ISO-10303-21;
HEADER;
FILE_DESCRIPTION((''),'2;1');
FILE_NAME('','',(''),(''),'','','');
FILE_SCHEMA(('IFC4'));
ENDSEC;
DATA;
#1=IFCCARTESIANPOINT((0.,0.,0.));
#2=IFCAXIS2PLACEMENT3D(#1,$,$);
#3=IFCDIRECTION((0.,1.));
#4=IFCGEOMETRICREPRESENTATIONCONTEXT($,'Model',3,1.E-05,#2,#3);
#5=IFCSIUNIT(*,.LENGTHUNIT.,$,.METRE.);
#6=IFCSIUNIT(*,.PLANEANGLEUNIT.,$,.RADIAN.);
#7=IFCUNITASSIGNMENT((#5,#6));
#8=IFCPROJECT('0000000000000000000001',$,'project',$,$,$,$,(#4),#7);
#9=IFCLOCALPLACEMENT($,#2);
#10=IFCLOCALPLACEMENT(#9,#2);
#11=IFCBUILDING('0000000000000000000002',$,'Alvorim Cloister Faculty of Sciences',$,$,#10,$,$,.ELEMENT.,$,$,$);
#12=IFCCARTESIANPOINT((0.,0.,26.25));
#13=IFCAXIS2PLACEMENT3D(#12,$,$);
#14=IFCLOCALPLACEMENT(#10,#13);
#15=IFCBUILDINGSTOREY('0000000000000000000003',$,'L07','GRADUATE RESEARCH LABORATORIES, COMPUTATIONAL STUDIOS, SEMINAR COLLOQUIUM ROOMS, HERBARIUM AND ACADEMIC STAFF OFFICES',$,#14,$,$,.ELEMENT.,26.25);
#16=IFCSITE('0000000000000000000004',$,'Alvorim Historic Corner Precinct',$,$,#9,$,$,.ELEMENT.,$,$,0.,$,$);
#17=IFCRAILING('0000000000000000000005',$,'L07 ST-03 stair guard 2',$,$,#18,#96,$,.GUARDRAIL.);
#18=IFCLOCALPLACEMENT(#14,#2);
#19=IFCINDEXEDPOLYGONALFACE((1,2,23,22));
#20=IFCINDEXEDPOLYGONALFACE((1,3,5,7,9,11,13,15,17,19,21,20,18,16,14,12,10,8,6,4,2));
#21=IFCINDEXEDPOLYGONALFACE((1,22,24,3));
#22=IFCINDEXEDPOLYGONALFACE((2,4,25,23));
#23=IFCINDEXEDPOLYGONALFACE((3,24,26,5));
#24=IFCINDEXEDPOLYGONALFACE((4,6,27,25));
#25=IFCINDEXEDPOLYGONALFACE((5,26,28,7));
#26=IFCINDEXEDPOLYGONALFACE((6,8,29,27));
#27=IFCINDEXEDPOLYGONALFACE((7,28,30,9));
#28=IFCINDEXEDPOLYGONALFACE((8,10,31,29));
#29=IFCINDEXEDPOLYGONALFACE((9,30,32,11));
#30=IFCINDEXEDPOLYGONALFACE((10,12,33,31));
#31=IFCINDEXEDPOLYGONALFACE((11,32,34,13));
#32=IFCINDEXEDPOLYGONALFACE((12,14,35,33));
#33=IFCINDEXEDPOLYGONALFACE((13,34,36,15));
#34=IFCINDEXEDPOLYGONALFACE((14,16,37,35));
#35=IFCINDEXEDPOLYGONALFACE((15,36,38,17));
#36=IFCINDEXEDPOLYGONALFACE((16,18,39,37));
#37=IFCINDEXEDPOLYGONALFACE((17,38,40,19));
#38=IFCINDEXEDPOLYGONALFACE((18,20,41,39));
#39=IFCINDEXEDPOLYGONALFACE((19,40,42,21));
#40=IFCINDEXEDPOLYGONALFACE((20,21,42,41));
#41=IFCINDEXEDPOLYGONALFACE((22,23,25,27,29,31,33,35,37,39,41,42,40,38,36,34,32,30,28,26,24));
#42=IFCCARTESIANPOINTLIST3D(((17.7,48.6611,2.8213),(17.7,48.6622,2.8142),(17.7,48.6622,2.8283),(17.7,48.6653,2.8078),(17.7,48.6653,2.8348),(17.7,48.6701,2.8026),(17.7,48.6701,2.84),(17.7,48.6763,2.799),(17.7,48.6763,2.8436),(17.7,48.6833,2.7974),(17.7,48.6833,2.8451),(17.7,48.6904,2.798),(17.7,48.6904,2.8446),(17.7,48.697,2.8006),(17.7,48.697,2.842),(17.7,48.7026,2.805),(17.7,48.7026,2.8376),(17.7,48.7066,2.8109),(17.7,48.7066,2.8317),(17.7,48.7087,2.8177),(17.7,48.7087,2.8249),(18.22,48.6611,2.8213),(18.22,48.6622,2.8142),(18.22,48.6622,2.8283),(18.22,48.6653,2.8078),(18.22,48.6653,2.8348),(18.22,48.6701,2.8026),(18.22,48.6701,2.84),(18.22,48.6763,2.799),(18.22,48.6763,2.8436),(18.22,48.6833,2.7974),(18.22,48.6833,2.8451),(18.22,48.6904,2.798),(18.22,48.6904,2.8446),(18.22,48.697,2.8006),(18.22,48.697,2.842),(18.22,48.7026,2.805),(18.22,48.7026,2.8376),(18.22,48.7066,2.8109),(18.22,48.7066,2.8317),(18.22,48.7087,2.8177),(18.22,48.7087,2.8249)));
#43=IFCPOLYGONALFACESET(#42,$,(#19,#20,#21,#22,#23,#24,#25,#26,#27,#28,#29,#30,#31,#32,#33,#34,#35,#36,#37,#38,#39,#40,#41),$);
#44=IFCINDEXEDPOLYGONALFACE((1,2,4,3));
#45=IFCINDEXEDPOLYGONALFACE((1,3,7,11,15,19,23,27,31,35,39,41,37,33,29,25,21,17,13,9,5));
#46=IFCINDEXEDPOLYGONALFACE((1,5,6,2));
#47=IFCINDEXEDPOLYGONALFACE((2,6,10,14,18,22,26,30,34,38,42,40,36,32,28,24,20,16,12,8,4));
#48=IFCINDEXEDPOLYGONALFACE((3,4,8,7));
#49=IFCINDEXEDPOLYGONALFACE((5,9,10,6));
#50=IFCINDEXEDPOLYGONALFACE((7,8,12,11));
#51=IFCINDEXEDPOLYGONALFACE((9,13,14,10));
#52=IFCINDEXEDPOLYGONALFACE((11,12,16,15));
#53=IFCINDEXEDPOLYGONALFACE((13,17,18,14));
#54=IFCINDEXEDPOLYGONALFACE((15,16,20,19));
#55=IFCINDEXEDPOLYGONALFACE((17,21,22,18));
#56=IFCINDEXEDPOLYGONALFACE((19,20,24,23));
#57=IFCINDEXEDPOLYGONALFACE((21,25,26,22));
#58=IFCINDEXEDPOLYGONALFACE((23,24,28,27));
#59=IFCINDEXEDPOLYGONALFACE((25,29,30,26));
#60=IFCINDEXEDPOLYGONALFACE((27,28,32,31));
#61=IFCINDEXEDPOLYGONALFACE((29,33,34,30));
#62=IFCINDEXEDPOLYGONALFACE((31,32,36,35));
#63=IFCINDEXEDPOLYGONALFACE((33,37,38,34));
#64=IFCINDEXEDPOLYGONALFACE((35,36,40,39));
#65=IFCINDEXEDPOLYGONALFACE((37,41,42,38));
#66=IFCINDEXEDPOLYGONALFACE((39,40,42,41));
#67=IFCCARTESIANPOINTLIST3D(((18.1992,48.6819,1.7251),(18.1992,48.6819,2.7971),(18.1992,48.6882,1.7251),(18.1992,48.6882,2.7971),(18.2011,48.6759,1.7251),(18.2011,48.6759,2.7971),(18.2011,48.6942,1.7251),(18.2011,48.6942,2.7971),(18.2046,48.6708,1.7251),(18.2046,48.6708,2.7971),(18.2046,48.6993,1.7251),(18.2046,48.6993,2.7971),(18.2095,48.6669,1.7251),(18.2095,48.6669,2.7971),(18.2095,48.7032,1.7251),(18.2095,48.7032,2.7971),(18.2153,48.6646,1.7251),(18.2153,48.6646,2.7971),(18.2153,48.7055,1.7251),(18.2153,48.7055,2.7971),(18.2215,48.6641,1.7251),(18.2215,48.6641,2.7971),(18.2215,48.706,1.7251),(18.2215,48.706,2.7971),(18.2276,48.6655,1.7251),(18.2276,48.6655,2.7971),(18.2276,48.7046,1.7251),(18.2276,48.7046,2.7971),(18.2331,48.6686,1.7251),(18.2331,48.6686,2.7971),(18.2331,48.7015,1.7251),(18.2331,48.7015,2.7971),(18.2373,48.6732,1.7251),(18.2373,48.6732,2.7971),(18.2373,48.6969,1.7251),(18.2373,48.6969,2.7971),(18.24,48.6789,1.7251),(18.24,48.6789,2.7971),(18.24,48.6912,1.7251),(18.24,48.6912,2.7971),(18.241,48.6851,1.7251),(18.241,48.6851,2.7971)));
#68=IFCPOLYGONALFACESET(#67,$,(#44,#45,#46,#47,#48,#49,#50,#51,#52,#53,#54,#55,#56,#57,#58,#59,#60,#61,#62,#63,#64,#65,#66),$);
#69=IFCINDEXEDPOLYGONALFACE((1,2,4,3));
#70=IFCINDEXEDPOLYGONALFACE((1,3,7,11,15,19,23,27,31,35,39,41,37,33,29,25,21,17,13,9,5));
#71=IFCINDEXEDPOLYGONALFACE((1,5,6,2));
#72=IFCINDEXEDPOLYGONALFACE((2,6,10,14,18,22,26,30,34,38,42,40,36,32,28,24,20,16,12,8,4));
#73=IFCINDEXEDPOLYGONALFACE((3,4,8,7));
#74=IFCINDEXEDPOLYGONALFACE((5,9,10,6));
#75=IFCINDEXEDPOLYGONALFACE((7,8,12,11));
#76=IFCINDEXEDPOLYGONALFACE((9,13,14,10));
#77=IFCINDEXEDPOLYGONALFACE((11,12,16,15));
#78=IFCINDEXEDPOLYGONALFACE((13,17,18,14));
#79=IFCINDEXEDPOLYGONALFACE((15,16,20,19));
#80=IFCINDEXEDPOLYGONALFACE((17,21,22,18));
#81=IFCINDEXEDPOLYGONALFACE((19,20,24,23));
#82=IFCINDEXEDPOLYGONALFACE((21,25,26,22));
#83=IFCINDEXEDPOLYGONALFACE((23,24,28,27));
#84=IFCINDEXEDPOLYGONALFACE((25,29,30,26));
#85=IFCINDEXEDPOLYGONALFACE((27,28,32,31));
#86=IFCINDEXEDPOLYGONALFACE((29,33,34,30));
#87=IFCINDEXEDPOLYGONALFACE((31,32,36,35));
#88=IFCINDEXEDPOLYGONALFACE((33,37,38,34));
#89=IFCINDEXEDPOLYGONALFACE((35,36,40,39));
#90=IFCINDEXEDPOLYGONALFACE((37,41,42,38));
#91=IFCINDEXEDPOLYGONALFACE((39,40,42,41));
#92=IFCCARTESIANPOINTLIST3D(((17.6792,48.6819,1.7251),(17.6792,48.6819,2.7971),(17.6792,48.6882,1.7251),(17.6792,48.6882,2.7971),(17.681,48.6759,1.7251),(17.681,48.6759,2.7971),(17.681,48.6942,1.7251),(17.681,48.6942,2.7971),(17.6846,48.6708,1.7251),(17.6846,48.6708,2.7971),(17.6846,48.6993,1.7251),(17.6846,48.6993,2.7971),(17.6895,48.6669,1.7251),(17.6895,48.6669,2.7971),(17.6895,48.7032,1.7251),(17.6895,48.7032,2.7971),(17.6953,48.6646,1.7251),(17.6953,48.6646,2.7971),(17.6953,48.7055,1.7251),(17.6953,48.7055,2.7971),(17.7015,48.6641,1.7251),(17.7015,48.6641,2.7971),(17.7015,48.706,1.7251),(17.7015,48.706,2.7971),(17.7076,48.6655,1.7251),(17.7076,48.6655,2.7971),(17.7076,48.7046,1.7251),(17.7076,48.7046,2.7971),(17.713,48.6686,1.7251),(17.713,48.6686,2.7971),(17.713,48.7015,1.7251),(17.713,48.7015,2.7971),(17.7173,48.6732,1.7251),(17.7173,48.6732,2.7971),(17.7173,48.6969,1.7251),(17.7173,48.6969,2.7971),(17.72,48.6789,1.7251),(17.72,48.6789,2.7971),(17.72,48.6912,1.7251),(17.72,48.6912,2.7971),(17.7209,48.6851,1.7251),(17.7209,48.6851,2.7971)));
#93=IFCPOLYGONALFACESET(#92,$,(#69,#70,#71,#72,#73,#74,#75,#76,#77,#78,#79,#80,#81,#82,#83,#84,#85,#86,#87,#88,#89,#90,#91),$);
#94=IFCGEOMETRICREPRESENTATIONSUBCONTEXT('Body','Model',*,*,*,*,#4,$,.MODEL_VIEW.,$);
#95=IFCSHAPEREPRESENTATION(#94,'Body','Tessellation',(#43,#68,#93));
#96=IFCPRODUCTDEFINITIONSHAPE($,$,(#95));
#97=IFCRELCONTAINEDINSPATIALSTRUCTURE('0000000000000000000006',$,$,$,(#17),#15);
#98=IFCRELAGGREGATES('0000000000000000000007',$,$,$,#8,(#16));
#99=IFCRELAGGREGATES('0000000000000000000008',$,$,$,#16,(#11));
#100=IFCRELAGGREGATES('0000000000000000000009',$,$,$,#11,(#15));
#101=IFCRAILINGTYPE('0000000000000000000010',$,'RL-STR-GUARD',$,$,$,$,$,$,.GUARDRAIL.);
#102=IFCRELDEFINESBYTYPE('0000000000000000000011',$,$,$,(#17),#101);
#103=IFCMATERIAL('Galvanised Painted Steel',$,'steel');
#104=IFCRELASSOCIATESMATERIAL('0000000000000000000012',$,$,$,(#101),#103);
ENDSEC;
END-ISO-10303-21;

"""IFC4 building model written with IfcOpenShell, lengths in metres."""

from ifc_helpers import new_model, si_unit, direction, frame, origin, origin_2d, place, context, subcontext, project, spatial, circle, extrude, material, type_object, element, save


model = new_model("IFC4")

# Units and contexts
model_context = context("Model", 3, precision=1e-05, world=origin(), true_north=direction((0.0, 1.0)))
body_context = subcontext(model_context, "Body", "Model", "MODEL_VIEW")
ifc_project = project(units=[si_unit("LENGTHUNIT", "METRE"), si_unit("PLANEANGLEUNIT", "RADIAN")], contexts=[model_context])

# Site, building, storey
site_placement = place(None, origin())
site = spatial("IfcSite", under=ifc_project, at=site_placement, Name="Alvorim Historic Corner Precinct", CompositionType="ELEMENT", RefElevation=0.0)
building_placement = place(site_placement, origin())
building = spatial("IfcBuilding", under=site, at=building_placement, Name="Alvorim Cloister Faculty of Sciences", CompositionType="ELEMENT")
storey_placement = place(building_placement, frame((0.0, 0.0, 26.25)))
storey = spatial("IfcBuildingStorey", under=building, at=storey_placement, Name="L07", Description="GRADUATE RESEARCH LABORATORIES, COMPUTATIONAL STUDIOS, SEMINAR COLLOQUIUM ROOMS, HERBARIUM AND ACADEMIC STAFF OFFICES", CompositionType="ELEMENT", Elevation=26.25)

# Railing
ifc_material_1 = material(Name="Galvanised Painted Steel", Category="steel")
railing_type_1 = type_object("IfcRailingType", Name="RL-STR-GUARD", PredefinedType="GUARDRAIL", material=ifc_material_1)
railing_1_placement = place(storey_placement, frame((18.22, 48.6851, 1.7251)))
element("IfcRailing", 1, at=railing_1_placement, inside=storey, type_object=railing_type_1, Name="L07 ST-03 stair guard 2", PredefinedType="GUARDRAIL", context=body_context, shape_type="SweptSolid", body=[
    extrude(circle(Radius=0.0239, at=origin_2d()), frame((0.0, 0.0, 1.0962), z_axis=(-1.0, 0.0, 0.0), x_axis=(0.0, -1.0, 0.0)), (0.0, 0.0, 1.0), 0.52),
    extrude(circle(Radius=0.021, at=origin_2d()), origin(), (0.0, 0.0, 1.0), 1.072),
    extrude(circle(Radius=0.021, at=origin_2d()), frame((-0.52, 0.0, 0.0)), (0.0, 0.0, 1.0), 1.072),
])

save(model, "model.ifc")
